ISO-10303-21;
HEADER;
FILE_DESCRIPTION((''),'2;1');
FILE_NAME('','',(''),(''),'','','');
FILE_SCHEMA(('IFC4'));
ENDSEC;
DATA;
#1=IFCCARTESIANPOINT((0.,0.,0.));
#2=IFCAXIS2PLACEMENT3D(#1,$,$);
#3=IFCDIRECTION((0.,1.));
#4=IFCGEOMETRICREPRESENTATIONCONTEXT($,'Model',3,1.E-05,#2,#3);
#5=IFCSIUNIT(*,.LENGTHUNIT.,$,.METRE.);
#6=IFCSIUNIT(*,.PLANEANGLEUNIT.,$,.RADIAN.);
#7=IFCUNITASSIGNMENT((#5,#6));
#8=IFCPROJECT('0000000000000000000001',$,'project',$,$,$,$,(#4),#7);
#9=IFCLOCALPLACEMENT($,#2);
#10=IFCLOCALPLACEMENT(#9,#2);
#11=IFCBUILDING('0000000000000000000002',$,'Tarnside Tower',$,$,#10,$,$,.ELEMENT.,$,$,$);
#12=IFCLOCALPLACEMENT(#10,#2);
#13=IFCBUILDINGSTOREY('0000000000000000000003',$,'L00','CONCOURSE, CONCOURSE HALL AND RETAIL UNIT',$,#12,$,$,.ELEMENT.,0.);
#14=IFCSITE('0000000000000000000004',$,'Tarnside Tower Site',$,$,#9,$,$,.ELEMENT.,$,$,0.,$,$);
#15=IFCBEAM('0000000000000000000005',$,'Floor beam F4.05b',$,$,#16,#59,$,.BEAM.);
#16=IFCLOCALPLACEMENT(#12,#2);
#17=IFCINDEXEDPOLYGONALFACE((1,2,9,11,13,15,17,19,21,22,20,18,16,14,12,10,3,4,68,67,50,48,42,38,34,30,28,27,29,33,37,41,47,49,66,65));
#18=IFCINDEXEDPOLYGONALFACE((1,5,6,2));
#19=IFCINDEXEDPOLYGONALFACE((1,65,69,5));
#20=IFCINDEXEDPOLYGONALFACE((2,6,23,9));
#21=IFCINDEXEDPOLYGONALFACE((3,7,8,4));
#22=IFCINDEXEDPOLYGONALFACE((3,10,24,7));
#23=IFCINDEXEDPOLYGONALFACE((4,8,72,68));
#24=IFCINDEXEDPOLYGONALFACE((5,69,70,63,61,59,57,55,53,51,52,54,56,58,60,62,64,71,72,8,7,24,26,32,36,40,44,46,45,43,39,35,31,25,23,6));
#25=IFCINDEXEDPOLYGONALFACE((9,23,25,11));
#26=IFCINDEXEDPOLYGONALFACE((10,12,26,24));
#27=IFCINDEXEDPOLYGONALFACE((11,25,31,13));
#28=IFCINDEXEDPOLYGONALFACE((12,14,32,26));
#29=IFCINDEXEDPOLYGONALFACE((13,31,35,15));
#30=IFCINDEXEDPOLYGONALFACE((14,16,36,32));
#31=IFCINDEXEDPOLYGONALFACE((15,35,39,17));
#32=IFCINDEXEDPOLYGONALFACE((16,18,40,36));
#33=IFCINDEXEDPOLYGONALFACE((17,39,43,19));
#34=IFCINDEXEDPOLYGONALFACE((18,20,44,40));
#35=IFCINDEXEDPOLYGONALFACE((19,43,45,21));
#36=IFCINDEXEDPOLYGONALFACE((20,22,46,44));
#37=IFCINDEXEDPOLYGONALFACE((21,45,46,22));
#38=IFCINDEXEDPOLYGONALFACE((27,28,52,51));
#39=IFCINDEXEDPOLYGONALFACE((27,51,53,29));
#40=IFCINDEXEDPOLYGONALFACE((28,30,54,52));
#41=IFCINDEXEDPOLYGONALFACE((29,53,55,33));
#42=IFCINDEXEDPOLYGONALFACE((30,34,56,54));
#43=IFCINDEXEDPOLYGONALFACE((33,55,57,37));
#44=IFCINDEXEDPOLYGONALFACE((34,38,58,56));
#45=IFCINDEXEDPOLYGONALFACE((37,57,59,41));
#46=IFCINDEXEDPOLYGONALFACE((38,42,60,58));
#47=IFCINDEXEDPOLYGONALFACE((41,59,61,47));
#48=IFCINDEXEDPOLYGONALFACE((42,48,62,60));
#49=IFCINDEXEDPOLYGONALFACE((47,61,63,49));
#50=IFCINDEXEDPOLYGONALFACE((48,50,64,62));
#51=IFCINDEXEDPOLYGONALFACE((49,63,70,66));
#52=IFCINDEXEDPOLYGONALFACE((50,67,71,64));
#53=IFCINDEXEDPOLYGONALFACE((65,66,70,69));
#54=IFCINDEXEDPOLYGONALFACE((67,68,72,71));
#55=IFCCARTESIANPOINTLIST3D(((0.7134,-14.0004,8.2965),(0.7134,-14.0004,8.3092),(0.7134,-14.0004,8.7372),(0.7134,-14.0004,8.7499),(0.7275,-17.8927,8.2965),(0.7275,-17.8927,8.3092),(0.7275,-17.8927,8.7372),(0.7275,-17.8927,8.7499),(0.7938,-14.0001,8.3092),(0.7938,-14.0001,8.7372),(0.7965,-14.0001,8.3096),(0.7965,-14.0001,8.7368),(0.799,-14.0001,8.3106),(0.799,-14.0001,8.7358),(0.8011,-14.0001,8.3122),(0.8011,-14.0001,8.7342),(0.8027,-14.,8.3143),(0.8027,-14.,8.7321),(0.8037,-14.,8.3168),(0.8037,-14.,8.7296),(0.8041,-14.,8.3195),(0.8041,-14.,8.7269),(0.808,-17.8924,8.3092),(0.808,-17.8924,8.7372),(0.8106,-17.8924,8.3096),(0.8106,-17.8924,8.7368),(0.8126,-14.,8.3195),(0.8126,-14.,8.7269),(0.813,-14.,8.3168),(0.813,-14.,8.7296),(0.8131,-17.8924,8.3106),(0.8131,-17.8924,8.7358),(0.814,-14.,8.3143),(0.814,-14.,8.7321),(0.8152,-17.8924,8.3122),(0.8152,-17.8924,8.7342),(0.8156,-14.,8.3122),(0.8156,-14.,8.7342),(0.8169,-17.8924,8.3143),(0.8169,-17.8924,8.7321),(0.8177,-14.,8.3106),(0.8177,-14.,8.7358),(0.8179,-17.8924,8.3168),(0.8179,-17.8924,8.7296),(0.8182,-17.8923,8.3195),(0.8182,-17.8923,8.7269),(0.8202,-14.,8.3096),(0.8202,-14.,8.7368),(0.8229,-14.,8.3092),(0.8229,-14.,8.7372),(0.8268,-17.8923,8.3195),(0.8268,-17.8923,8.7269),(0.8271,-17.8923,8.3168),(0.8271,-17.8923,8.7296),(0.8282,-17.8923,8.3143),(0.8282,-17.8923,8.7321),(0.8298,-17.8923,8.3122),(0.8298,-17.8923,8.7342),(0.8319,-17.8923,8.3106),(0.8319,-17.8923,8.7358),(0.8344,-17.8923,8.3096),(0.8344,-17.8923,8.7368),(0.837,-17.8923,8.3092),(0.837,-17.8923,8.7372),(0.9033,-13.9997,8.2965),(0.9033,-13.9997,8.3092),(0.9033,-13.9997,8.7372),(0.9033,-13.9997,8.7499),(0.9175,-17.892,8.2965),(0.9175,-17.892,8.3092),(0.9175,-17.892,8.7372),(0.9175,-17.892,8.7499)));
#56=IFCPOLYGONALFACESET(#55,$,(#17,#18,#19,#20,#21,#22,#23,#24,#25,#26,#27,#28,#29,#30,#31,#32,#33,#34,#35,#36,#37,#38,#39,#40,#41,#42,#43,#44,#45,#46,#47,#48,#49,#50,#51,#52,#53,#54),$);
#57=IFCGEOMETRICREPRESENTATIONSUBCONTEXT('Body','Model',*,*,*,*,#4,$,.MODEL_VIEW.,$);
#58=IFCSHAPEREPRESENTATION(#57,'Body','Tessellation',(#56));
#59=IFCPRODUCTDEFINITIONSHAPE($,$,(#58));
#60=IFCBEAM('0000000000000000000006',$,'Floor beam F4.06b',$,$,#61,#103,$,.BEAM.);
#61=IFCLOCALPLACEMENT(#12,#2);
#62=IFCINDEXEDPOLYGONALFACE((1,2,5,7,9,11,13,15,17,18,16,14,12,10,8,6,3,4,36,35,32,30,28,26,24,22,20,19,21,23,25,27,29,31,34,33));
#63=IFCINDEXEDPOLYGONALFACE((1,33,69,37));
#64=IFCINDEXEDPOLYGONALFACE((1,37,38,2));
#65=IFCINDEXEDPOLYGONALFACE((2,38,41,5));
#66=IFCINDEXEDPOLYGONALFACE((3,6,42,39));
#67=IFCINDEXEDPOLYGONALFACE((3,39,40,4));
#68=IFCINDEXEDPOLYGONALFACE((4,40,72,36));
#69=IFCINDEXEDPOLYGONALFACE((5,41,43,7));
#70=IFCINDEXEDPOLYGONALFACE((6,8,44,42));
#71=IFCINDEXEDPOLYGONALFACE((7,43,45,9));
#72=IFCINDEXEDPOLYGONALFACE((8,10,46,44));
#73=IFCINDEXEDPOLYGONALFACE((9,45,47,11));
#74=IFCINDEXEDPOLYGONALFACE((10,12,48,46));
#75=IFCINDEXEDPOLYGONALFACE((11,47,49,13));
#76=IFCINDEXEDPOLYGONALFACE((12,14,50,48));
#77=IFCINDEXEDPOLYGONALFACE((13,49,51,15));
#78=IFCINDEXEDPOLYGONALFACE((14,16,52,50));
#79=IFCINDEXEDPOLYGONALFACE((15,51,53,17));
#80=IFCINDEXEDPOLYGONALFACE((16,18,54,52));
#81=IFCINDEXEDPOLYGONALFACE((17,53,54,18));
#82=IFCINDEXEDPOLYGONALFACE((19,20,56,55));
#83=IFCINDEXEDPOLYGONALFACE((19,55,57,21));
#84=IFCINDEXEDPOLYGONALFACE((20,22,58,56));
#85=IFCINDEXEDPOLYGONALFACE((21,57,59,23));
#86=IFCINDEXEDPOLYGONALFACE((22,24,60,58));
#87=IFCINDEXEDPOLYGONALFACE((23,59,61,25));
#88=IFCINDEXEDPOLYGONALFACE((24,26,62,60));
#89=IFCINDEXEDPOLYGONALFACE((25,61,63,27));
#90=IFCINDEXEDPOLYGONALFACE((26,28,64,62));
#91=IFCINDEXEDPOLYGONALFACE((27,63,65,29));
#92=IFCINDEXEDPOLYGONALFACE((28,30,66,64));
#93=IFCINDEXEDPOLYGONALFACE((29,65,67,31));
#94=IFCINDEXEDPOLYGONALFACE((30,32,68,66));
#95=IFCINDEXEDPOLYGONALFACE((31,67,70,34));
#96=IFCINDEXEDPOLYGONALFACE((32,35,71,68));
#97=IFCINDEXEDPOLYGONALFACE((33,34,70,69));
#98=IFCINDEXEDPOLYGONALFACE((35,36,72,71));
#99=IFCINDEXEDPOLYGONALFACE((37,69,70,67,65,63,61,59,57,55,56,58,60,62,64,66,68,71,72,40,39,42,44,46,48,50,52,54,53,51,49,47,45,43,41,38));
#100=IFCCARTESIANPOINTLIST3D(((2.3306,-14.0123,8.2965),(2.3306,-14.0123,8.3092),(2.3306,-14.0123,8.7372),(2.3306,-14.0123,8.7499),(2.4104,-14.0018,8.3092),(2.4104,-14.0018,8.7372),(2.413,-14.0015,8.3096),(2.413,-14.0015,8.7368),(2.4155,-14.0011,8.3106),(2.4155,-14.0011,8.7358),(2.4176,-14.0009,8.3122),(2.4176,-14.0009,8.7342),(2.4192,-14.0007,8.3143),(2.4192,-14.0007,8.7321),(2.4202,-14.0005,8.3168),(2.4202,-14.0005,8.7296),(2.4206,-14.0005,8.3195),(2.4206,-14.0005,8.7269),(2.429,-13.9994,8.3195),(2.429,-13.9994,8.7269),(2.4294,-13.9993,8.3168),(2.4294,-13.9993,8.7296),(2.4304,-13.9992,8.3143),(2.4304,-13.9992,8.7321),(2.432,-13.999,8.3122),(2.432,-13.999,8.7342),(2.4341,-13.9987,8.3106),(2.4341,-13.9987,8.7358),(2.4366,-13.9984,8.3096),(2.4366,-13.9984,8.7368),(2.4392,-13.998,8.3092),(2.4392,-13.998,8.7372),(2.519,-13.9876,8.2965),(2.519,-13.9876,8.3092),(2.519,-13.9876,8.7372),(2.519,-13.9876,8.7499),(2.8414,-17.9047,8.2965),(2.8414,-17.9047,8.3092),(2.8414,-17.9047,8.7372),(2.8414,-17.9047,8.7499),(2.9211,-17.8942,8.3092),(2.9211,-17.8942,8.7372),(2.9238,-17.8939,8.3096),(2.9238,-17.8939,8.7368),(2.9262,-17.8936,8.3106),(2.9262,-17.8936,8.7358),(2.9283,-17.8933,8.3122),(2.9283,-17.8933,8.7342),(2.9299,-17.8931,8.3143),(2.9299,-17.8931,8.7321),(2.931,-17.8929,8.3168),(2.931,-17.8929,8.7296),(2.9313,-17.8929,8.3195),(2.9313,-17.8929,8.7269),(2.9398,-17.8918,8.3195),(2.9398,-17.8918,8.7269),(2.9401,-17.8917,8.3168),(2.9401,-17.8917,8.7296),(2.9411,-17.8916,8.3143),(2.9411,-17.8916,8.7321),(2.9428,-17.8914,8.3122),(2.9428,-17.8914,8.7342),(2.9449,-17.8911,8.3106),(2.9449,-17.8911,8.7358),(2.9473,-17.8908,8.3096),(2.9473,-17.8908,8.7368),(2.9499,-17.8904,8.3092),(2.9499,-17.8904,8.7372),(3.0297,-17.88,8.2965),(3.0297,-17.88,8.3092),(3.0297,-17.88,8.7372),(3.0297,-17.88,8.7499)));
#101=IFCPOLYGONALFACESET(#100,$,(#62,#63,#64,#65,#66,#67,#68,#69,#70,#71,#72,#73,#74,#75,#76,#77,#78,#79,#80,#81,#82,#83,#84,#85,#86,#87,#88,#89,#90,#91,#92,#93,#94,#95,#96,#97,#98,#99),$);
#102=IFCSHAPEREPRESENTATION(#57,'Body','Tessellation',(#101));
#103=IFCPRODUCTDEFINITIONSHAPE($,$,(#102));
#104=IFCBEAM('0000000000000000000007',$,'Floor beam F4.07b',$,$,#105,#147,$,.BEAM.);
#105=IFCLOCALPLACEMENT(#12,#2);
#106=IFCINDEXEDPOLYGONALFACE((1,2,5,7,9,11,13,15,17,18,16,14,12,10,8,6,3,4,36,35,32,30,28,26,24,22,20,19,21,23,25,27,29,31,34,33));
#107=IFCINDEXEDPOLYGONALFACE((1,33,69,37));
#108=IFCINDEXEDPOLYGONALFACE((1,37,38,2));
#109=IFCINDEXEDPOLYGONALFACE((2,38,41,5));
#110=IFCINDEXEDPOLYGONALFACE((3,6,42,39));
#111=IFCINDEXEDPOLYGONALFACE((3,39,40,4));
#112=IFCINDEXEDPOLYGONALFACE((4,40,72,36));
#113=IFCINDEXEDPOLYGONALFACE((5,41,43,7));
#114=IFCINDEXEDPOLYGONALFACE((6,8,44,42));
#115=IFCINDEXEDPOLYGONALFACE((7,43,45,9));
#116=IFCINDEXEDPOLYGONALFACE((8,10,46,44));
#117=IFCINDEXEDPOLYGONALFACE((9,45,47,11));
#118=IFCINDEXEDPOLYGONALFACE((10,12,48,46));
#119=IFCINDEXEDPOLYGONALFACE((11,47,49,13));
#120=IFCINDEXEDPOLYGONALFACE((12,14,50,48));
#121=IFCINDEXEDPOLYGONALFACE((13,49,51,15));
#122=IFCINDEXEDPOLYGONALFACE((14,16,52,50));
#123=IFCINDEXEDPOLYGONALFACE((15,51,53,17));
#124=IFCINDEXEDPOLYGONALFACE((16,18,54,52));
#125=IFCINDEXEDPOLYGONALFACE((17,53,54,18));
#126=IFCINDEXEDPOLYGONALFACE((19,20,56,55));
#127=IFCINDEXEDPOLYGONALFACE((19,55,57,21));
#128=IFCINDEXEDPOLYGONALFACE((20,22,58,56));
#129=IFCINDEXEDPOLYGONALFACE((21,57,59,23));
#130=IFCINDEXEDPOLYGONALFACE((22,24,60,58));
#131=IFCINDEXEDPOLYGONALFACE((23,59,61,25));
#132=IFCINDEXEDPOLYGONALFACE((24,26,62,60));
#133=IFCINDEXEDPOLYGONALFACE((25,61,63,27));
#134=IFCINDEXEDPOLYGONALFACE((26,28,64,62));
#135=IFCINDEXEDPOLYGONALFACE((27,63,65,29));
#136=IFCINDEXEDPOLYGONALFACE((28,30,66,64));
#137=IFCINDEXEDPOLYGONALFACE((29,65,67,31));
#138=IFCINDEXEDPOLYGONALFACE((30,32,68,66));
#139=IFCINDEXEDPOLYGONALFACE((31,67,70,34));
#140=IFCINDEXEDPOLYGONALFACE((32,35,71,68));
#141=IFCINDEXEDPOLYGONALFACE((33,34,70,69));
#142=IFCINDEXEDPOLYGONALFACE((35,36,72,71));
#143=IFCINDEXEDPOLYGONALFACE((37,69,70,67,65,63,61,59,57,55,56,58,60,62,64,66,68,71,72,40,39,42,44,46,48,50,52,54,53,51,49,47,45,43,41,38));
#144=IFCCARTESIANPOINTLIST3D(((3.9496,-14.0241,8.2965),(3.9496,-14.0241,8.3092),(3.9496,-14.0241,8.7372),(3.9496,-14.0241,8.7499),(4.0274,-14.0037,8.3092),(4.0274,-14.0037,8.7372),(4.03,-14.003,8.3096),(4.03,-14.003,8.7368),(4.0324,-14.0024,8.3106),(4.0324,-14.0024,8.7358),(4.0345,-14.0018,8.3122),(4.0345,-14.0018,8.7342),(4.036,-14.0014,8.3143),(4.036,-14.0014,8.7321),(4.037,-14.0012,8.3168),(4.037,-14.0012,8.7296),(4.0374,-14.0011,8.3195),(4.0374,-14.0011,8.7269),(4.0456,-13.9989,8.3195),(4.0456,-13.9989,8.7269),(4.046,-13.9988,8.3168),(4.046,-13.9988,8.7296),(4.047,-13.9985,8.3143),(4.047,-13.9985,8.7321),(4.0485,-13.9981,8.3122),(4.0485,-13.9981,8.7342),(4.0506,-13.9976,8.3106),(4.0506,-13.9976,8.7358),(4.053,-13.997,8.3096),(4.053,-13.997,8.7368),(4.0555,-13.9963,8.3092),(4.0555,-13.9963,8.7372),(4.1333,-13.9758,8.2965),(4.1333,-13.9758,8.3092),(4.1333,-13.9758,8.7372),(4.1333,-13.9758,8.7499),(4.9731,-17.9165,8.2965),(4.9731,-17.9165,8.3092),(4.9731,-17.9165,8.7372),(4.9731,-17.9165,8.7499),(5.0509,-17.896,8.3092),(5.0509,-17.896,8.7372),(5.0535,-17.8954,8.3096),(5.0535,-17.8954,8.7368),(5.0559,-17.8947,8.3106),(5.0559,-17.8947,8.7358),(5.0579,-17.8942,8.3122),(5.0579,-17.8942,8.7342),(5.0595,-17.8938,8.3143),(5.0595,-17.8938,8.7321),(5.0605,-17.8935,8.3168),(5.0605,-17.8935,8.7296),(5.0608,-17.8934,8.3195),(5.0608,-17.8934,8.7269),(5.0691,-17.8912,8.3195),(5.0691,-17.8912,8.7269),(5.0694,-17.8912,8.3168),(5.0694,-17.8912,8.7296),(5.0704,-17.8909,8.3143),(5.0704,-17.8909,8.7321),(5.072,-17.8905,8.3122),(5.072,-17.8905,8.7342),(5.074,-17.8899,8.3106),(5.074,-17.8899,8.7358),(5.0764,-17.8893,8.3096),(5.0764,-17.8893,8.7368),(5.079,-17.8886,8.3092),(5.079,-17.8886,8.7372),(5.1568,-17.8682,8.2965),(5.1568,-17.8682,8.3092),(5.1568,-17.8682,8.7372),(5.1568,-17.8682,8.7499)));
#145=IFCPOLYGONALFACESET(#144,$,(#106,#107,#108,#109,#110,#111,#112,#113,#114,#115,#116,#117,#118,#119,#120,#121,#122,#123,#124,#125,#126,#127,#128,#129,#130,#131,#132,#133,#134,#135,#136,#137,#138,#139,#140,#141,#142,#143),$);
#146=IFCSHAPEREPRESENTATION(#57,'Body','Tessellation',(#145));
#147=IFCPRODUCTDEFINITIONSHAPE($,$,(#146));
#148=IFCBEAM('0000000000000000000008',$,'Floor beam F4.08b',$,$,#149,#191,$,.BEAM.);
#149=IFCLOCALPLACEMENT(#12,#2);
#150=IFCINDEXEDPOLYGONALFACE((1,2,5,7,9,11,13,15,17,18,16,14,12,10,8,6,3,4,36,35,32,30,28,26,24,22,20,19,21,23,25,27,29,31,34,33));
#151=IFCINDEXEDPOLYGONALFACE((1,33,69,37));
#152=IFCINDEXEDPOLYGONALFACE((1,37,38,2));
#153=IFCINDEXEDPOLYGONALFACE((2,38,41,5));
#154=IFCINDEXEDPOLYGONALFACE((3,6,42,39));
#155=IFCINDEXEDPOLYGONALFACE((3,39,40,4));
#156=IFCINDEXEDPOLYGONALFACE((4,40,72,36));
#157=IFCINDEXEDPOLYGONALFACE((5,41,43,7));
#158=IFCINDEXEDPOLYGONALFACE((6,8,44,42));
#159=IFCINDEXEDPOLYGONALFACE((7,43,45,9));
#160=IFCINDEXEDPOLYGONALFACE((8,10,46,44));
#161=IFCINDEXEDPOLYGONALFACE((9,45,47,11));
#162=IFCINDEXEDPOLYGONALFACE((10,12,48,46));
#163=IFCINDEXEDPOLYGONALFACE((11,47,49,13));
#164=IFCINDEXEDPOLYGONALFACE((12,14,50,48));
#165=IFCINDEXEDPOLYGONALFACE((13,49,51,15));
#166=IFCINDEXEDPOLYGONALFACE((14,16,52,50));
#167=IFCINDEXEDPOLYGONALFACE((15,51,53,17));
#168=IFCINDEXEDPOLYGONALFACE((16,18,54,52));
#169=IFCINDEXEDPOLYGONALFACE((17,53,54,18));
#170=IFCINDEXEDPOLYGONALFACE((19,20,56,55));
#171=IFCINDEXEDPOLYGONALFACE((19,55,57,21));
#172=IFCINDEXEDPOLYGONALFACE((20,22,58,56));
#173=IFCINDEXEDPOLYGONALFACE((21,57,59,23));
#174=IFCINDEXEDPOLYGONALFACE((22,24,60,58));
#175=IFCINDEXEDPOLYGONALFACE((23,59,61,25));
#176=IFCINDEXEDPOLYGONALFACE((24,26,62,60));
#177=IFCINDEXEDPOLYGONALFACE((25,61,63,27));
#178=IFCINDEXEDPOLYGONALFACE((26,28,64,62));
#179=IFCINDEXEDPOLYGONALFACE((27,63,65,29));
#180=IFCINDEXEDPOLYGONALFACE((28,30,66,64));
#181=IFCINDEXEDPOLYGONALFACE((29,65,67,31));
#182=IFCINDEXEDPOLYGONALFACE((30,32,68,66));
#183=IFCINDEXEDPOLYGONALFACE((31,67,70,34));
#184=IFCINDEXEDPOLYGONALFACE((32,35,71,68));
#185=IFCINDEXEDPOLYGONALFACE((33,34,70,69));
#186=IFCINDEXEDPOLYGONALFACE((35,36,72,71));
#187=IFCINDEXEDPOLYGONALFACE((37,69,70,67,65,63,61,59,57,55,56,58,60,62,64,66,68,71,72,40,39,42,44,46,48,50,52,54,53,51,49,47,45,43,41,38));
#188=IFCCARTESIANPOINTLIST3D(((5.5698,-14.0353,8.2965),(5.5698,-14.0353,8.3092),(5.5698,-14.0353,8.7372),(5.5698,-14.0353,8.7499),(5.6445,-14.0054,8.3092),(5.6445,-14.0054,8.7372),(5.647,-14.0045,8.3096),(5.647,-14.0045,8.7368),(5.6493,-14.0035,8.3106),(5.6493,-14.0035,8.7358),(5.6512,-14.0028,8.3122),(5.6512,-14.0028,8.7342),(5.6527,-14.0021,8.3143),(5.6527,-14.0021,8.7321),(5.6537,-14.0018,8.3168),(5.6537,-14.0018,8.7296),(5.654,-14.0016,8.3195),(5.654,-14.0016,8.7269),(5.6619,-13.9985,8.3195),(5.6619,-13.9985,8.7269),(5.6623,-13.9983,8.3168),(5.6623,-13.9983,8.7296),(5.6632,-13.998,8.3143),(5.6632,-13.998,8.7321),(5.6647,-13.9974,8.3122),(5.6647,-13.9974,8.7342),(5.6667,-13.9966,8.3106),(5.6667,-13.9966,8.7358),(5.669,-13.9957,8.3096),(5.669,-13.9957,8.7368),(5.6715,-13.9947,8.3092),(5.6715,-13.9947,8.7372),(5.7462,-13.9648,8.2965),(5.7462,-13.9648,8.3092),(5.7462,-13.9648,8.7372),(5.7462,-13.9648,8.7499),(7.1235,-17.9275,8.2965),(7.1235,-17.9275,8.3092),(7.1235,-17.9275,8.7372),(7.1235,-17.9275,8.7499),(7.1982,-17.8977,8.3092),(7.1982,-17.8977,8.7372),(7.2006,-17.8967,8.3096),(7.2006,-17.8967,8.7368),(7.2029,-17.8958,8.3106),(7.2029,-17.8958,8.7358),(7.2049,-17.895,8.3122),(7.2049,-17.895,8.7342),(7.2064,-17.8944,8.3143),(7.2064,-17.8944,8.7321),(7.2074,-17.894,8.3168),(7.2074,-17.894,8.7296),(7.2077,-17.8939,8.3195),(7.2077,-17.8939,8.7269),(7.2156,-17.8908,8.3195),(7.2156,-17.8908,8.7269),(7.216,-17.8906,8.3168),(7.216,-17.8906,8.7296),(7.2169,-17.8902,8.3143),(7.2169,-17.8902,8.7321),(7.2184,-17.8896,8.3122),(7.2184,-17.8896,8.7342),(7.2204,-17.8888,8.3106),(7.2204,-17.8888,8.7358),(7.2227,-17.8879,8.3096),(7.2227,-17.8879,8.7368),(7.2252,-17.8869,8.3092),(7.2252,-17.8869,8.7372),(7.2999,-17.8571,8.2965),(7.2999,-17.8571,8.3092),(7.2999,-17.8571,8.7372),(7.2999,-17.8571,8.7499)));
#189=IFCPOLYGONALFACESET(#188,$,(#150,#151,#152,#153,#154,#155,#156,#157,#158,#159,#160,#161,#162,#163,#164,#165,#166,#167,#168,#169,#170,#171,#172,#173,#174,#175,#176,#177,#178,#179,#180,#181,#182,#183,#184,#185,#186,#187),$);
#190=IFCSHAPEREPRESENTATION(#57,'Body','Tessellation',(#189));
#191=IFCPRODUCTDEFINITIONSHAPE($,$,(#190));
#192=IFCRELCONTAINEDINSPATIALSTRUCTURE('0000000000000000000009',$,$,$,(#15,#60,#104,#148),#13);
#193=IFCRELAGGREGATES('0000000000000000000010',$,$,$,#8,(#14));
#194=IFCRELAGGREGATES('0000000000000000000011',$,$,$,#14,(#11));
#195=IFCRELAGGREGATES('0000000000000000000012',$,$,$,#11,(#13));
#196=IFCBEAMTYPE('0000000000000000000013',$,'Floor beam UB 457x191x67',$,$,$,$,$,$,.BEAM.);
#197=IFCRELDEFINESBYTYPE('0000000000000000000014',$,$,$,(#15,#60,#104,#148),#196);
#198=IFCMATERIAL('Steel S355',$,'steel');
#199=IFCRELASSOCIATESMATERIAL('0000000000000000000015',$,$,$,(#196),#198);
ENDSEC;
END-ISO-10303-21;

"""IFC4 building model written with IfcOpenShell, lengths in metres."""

from ifc_helpers import new_model, si_unit, direction, frame, origin, origin_2d, place, context, subcontext, project, spatial, i_section, extrude, material, material_profile, profile_set, type_object, element, save


model = new_model("IFC4")

# Units and contexts
model_context = context("Model", 3, precision=1e-05, world=origin(), true_north=direction((0.0, 1.0)))
body_context = subcontext(model_context, "Body", "Model", "MODEL_VIEW")
ifc_project = project(units=[si_unit("LENGTHUNIT", "METRE"), si_unit("PLANEANGLEUNIT", "RADIAN")], contexts=[model_context])

# Site, building, storey
site_placement = place(None, origin())
site = spatial("IfcSite", under=ifc_project, at=site_placement, Name="Tarnside Tower Site", CompositionType="ELEMENT", RefElevation=0.0)
building_placement = place(site_placement, origin())
building = spatial("IfcBuilding", under=site, at=building_placement, Name="Tarnside Tower", CompositionType="ELEMENT")
storey_placement = place(building_placement, origin())
storey = spatial("IfcBuildingStorey", under=building, at=storey_placement, Name="L00", Description="CONCOURSE, CONCOURSE HALL AND RETAIL UNIT", CompositionType="ELEMENT", Elevation=0.0)

# Beams
ifc_material_1 = material(Name="Steel S355", Category="steel")
ifc_material_profile_1 = material_profile(ifc_material_1, i_section(OverallWidth=0.1899, OverallDepth=0.4534, WebThickness=0.0085, FlangeThickness=0.0127, FilletRadius=0.0103, at=origin_2d()), Name="UB 457x191x67")
ifc_profile_set_1 = profile_set([ifc_material_profile_1], Name="Steel S355")
beam_type = type_object("IfcBeamType", Name="Floor beam UB 457x191x67", PredefinedType="BEAM", material=ifc_profile_set_1)
beam_1_placement = place(storey_placement, frame((0.8225, -17.8923, 8.5232), z_axis=(-0.003638, 0.999993, 0.0), x_axis=(-0.999993, -0.003638, 0.0)))
element("IfcBeam", 1, at=beam_1_placement, inside=storey, type_object=beam_type, Name="Floor beam F4.05b", PredefinedType="BEAM", context=body_context, shape_type="SweptSolid", body=[
    extrude(i_section(OverallWidth=0.1899, OverallDepth=0.4534, WebThickness=0.0085, FlangeThickness=0.0127, FilletRadius=0.0103, at=origin_2d()), origin(), (0.0, 0.0, 1.0), 3.8923),
])
beam_2_placement = place(storey_placement, frame((2.9355, -17.8923, 8.5232), z_axis=(-0.130102, 0.991501, 0.0), x_axis=(-0.991501, -0.130102, 0.0)))
element("IfcBeam", 2, at=beam_2_placement, inside=storey, type_object=beam_type, Name="Floor beam F4.06b", PredefinedType="BEAM", context=body_context, shape_type="SweptSolid", body=[
    extrude(i_section(OverallWidth=0.1899, OverallDepth=0.4534, WebThickness=0.0085, FlangeThickness=0.0127, FilletRadius=0.0103, at=origin_2d()), origin(), (0.0, 0.0, 1.0), 3.9258),
])
beam_3_placement = place(storey_placement, frame((5.0649, -17.8923, 8.5232), z_axis=(-0.254293, 0.967127, 0.0), x_axis=(-0.967127, -0.254293, 0.0)))
element("IfcBeam", 3, at=beam_3_placement, inside=storey, type_object=beam_type, Name="Floor beam F4.07b", PredefinedType="BEAM", context=body_context, shape_type="SweptSolid", body=[
    extrude(i_section(OverallWidth=0.1899, OverallDepth=0.4534, WebThickness=0.0085, FlangeThickness=0.0127, FilletRadius=0.0103, at=origin_2d()), origin(), (0.0, 0.0, 1.0), 4.0247),
])
beam_4_placement = place(storey_placement, frame((7.2117, -17.8923, 8.5232), z_axis=(-0.370728, 0.928742, 0.0), x_axis=(-0.928742, -0.370728, 0.0)))
element("IfcBeam", 4, at=beam_4_placement, inside=storey, type_object=beam_type, Name="Floor beam F4.08b", PredefinedType="BEAM", context=body_context, shape_type="SweptSolid", body=[
    extrude(i_section(OverallWidth=0.1899, OverallDepth=0.4534, WebThickness=0.0085, FlangeThickness=0.0127, FilletRadius=0.0103, at=origin_2d()), origin(), (0.0, 0.0, 1.0), 4.1909),
])

save(model, "model.ifc")
